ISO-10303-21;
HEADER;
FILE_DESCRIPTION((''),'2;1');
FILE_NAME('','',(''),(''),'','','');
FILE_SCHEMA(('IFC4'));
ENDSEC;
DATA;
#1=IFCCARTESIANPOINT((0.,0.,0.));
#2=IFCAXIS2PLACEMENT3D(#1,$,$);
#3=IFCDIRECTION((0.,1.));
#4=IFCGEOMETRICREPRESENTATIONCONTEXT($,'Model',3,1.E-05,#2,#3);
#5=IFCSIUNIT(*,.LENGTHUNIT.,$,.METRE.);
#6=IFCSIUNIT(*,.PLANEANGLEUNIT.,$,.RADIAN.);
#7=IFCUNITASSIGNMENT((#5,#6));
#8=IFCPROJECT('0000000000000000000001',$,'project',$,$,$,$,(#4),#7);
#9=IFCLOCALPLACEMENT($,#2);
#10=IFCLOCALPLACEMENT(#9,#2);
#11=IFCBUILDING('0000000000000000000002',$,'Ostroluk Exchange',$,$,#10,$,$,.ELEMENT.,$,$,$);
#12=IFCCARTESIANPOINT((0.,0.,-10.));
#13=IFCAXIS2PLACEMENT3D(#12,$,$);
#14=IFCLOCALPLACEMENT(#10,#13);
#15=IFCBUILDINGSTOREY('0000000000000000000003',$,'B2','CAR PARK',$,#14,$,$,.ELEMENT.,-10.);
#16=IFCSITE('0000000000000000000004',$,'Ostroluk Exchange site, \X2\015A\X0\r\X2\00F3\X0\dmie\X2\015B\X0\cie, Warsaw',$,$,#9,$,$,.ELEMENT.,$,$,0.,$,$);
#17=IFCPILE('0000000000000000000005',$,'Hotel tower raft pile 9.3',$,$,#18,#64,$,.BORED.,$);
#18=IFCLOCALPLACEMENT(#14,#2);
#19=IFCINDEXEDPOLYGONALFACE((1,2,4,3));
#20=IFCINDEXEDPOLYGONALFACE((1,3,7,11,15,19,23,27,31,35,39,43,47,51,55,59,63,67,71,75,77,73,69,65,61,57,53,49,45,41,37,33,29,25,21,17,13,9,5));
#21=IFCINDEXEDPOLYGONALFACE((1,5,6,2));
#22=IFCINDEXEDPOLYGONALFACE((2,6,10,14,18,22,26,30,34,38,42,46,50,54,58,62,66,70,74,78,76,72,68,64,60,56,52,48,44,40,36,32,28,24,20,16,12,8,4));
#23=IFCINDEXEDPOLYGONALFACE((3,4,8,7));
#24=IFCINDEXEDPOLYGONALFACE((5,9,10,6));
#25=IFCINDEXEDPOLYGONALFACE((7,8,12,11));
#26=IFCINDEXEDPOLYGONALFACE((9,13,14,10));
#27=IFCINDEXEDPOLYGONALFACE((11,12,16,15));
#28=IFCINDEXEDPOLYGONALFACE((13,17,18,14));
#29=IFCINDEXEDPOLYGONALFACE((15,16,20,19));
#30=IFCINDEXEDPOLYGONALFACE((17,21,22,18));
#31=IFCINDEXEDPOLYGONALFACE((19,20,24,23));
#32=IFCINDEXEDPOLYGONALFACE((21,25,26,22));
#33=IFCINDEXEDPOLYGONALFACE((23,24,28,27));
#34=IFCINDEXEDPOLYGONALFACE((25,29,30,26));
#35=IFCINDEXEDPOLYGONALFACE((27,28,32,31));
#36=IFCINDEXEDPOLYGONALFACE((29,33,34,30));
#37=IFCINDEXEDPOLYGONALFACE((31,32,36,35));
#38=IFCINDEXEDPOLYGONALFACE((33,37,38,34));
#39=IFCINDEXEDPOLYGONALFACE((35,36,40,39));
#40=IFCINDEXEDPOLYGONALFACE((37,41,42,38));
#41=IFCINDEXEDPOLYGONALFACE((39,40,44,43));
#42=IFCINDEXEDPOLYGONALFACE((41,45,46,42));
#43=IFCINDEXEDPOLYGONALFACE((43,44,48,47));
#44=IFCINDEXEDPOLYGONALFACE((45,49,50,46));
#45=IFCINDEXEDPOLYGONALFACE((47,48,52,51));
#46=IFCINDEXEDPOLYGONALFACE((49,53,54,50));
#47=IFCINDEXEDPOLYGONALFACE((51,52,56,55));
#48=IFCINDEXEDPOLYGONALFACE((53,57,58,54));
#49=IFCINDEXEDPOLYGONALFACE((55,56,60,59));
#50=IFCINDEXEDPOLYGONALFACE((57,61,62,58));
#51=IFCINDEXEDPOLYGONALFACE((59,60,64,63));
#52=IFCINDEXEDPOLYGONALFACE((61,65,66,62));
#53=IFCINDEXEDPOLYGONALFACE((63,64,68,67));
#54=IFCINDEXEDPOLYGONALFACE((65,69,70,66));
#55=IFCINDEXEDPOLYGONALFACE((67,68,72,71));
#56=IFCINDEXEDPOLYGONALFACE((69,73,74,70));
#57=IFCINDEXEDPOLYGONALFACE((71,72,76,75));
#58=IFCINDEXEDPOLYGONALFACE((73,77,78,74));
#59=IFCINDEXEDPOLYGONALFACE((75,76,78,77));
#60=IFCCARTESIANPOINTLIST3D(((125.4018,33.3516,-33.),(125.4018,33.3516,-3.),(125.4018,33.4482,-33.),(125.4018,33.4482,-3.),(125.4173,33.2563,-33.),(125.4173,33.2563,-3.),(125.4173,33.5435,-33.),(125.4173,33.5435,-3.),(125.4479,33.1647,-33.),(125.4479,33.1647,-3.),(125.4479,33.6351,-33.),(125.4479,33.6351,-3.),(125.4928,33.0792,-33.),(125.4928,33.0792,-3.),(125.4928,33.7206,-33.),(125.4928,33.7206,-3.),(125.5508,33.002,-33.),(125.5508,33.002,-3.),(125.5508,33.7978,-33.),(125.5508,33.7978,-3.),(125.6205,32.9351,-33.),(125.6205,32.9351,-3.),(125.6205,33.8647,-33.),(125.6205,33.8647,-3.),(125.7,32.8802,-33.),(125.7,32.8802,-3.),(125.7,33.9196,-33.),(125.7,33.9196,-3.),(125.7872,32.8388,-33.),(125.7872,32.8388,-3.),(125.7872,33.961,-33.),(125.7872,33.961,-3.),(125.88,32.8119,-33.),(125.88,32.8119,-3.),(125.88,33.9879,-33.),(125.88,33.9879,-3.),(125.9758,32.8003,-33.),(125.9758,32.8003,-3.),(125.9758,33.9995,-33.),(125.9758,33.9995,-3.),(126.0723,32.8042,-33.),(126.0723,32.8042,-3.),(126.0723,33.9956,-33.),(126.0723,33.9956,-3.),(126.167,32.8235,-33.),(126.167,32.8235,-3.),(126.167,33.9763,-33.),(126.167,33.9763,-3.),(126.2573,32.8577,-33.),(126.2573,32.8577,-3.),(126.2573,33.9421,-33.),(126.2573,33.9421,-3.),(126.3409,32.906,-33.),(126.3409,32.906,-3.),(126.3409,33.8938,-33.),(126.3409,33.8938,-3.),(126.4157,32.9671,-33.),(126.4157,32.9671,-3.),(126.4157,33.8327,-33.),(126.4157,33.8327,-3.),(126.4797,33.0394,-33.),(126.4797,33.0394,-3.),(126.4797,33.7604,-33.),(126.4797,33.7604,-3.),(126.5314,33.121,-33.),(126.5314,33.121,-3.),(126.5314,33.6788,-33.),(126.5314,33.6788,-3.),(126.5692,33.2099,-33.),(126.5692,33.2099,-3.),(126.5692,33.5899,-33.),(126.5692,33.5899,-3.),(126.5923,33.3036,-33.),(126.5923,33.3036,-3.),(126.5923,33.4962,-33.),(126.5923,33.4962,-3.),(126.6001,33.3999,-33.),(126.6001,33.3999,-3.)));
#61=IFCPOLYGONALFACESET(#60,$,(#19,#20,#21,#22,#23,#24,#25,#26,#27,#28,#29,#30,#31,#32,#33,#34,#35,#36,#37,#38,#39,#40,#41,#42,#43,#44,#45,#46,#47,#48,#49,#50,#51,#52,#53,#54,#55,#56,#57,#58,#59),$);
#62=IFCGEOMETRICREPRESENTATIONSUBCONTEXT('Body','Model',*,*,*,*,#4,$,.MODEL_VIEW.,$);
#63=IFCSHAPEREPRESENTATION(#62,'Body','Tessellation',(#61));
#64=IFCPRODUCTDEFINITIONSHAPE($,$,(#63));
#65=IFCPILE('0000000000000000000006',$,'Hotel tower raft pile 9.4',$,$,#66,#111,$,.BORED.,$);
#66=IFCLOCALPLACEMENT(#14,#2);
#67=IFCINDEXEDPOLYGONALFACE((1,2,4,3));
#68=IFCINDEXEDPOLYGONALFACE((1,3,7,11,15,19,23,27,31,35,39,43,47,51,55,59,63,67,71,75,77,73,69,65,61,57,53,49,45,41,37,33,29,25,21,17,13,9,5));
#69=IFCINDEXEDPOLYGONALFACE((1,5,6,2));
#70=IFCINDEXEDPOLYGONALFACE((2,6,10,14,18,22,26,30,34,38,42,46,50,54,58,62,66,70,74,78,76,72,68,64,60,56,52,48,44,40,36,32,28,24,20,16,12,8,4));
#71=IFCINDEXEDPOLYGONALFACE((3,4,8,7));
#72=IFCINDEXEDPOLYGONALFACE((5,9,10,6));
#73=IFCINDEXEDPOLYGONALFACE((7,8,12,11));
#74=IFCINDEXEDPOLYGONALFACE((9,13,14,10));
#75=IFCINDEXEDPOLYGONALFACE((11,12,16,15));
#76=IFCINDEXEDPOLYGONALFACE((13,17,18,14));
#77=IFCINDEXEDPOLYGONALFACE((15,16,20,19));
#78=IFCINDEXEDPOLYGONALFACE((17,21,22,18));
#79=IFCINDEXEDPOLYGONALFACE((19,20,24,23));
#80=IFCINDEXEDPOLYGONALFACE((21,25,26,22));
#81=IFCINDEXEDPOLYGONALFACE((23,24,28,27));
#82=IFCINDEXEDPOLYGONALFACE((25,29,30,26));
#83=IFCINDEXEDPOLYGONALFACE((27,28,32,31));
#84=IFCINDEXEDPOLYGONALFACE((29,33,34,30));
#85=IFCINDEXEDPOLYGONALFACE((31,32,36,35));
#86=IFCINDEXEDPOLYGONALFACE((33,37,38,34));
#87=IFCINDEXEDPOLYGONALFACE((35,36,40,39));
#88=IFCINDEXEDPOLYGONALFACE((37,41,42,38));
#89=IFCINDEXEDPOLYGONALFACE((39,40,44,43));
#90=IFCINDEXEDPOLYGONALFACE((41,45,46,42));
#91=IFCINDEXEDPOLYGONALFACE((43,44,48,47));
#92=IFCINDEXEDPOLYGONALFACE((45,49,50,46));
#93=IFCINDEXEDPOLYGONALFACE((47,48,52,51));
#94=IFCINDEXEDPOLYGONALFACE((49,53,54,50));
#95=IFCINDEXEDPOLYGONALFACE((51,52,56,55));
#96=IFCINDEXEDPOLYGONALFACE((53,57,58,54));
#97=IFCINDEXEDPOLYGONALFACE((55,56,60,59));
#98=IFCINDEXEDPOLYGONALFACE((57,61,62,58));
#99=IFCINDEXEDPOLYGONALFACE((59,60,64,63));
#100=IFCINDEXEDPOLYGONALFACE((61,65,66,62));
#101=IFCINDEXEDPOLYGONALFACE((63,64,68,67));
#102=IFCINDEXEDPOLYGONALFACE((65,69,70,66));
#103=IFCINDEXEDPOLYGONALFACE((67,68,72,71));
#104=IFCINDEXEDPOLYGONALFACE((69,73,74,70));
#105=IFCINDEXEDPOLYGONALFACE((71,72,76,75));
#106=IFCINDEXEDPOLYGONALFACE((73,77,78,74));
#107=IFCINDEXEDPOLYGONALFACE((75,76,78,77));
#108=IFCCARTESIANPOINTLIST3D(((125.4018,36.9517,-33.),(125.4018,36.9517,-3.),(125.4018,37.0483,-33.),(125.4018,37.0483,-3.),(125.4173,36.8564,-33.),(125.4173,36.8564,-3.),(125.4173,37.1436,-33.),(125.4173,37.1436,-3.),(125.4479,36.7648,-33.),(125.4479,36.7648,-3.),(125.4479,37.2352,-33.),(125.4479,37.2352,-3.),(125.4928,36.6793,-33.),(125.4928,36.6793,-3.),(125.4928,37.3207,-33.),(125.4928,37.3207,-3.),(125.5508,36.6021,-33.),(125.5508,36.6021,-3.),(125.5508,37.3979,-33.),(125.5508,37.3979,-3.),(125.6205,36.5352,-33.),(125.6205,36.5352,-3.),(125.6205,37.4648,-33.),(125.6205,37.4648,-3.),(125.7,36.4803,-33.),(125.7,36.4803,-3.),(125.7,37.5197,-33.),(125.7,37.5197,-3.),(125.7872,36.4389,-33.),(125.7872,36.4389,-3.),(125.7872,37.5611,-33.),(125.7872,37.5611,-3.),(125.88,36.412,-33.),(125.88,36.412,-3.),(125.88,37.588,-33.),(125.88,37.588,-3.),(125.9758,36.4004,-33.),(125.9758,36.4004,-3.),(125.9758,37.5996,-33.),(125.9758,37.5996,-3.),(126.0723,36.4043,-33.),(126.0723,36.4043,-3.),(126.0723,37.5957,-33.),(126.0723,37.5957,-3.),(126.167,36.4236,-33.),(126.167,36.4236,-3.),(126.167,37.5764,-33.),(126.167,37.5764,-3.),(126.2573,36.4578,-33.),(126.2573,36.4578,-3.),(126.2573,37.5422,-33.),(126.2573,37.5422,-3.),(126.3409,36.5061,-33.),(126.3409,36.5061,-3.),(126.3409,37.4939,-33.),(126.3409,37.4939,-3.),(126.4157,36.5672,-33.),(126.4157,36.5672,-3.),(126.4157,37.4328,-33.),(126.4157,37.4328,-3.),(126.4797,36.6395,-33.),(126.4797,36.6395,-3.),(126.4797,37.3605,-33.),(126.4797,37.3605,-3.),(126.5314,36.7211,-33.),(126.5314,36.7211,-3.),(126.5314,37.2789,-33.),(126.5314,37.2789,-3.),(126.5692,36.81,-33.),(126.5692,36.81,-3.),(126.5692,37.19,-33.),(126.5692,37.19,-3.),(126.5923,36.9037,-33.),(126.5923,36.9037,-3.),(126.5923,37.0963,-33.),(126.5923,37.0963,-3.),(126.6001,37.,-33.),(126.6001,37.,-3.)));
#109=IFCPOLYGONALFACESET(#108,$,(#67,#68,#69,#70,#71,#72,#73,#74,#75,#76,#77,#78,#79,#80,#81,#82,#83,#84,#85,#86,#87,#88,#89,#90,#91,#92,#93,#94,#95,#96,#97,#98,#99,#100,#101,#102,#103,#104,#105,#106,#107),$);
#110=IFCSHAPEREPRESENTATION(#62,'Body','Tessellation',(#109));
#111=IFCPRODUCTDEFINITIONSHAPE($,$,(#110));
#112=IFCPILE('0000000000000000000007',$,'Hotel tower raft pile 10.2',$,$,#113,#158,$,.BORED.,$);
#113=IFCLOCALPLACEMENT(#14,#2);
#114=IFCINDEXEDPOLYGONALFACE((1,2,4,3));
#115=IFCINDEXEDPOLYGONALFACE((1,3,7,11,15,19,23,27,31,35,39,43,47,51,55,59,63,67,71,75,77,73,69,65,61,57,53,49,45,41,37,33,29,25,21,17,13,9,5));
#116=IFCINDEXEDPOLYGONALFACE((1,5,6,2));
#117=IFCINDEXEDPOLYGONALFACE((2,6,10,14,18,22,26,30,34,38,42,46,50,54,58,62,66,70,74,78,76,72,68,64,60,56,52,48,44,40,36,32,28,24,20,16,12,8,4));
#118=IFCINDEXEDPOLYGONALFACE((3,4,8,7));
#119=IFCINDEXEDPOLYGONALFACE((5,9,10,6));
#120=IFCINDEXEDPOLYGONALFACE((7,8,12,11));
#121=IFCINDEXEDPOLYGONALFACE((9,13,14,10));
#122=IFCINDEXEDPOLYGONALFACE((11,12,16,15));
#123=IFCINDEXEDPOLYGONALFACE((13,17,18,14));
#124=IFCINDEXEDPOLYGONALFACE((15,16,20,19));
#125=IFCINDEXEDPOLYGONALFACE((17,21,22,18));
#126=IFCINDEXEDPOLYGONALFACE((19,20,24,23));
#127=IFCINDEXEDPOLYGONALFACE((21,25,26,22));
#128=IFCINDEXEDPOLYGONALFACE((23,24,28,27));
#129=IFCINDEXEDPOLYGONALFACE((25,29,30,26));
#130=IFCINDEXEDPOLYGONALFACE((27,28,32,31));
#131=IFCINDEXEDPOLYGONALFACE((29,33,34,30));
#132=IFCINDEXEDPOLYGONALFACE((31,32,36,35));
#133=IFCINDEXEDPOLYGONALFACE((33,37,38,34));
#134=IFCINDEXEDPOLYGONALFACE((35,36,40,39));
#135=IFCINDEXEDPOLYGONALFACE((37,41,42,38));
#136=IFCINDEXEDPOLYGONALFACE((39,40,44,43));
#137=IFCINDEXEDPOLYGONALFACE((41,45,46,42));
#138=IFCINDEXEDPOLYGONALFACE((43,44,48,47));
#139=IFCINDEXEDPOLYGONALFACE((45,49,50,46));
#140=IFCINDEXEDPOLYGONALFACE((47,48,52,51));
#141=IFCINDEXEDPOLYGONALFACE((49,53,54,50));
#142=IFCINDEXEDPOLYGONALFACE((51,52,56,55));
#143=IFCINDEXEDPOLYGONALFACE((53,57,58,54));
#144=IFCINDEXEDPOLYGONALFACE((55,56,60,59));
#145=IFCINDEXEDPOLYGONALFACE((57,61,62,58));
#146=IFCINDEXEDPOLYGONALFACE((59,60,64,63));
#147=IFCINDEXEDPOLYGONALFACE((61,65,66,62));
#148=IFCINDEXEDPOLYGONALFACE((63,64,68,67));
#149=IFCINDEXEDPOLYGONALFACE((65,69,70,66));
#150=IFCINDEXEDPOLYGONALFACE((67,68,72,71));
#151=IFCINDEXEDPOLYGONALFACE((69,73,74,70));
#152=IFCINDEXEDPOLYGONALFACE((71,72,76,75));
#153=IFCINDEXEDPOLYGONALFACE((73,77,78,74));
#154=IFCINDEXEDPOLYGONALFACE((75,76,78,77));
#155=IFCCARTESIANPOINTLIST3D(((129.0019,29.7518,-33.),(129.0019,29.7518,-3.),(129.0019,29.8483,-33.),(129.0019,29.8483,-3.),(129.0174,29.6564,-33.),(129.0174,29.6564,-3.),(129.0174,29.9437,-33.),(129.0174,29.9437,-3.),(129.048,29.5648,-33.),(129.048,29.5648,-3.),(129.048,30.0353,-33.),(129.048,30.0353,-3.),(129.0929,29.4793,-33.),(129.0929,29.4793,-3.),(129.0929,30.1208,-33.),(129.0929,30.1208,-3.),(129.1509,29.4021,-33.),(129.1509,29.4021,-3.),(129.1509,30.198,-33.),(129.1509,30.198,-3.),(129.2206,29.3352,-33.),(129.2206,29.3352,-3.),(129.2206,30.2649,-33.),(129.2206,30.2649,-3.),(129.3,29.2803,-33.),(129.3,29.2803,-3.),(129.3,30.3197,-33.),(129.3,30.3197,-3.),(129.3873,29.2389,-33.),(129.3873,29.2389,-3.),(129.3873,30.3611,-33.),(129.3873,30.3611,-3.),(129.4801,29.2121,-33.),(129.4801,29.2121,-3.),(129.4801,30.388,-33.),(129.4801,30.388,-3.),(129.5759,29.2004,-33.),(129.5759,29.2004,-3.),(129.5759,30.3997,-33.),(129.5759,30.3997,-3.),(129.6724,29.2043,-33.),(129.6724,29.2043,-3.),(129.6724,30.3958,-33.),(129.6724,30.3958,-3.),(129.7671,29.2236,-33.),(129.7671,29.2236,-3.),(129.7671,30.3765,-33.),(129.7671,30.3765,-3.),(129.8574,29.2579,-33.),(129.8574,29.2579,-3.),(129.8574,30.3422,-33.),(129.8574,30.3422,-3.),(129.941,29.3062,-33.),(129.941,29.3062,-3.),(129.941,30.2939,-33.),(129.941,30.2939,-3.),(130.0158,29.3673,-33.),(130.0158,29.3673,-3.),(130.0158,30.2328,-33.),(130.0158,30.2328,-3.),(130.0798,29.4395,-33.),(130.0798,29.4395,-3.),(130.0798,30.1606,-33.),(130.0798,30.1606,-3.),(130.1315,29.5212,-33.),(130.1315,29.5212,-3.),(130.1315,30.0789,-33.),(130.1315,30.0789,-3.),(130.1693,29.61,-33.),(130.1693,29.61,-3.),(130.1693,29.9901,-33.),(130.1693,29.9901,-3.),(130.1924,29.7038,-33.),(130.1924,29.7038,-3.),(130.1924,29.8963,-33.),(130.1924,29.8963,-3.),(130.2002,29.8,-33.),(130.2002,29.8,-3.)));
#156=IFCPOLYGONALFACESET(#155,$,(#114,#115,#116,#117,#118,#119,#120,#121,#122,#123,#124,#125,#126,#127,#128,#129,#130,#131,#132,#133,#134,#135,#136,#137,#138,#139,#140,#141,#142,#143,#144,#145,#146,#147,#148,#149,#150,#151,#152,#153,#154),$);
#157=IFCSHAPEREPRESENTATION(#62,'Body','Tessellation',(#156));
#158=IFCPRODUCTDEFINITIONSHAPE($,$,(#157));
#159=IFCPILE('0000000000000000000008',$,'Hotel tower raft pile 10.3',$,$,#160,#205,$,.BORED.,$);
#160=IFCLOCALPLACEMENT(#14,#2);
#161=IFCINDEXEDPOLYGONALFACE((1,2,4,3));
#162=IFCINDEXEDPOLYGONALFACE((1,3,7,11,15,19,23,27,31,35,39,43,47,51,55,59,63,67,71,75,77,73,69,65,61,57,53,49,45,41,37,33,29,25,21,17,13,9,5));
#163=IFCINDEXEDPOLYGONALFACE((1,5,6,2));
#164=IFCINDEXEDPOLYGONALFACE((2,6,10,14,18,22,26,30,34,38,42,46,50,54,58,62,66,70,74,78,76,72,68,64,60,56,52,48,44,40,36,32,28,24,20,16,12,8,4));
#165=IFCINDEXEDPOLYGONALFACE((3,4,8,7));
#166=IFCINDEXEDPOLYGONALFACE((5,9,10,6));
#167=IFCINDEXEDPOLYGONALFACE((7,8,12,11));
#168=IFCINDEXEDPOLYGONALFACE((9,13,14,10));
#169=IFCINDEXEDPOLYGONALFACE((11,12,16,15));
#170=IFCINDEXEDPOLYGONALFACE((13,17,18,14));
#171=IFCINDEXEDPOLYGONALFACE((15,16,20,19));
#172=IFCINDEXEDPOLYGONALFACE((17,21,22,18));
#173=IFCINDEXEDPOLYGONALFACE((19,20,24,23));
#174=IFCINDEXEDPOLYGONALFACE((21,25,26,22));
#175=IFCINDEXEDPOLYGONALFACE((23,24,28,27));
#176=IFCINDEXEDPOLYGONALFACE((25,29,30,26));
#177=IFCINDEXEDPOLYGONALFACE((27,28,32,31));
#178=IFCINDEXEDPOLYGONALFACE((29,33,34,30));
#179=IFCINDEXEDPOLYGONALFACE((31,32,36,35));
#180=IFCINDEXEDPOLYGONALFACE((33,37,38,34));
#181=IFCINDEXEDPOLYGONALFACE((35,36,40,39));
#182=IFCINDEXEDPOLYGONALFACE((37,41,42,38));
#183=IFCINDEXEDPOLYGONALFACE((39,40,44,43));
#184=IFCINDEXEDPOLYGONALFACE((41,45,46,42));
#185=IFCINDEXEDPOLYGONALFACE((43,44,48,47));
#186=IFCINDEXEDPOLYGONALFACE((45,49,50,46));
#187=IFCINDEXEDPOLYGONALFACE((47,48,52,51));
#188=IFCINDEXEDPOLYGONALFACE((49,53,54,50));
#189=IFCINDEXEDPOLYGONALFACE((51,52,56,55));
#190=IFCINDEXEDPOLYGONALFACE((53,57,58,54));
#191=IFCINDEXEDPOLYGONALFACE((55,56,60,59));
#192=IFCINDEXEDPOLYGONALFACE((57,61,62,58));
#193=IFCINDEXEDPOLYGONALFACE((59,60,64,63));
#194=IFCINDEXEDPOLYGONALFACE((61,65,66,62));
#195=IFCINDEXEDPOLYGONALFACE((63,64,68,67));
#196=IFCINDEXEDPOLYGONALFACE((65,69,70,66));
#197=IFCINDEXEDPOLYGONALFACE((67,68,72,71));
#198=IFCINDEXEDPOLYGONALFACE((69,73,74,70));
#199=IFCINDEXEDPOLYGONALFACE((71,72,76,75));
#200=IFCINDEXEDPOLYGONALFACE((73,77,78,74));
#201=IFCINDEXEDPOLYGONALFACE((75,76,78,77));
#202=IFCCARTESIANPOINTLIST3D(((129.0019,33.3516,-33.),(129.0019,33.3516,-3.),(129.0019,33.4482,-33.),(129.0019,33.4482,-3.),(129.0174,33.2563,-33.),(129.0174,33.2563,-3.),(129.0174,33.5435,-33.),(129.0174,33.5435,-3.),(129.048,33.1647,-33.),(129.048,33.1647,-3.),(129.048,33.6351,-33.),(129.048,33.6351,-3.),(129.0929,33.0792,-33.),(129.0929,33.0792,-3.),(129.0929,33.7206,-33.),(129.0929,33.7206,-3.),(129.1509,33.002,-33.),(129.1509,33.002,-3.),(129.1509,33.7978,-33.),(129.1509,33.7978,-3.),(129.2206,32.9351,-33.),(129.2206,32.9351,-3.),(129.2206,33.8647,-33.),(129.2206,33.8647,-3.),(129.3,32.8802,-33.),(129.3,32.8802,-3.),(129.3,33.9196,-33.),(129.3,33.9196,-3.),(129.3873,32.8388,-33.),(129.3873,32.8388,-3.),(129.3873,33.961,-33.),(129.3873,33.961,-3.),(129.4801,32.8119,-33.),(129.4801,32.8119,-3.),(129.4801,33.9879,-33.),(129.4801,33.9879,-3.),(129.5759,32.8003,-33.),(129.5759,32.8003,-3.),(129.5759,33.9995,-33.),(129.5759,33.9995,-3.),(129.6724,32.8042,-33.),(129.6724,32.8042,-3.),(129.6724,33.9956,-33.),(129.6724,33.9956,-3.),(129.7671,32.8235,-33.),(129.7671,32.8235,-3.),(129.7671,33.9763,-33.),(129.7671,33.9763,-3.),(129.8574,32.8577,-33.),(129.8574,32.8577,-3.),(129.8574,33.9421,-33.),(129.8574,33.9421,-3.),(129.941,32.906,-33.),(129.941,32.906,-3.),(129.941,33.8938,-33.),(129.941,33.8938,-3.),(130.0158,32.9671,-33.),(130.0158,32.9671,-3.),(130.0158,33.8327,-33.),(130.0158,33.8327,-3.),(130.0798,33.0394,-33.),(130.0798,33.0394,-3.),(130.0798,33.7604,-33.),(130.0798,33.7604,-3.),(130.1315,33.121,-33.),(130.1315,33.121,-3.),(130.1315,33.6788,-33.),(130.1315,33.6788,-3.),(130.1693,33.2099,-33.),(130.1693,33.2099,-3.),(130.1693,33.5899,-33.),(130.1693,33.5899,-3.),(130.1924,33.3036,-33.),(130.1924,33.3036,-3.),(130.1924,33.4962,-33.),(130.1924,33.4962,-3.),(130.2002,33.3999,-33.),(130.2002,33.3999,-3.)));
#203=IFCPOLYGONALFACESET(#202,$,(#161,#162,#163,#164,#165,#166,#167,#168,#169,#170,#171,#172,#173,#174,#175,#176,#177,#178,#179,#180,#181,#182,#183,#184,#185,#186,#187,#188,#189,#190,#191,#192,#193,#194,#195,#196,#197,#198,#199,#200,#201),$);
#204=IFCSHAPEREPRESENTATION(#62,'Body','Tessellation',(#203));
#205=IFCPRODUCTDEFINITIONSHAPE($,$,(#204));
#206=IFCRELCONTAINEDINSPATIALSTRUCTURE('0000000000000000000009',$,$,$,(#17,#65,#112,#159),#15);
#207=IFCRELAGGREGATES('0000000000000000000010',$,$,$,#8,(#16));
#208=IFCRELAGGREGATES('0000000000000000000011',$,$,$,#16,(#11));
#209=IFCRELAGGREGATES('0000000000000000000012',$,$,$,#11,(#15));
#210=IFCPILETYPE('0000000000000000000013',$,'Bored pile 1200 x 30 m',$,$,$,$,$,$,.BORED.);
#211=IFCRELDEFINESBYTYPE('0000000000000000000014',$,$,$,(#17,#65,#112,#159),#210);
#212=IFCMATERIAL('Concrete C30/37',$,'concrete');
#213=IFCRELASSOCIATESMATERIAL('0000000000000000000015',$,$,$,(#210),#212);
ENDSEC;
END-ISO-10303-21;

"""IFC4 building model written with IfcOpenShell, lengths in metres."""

from ifc_helpers import new_model, si_unit, direction, frame, origin, origin_2d, place, context, subcontext, project, spatial, circle, extrude, material, type_object, element, save


model = new_model("IFC4")

# Units and contexts
model_context = context("Model", 3, precision=1e-05, world=origin(), true_north=direction((0.0, 1.0)))
body_context = subcontext(model_context, "Body", "Model", "MODEL_VIEW")
ifc_project = project(units=[si_unit("LENGTHUNIT", "METRE"), si_unit("PLANEANGLEUNIT", "RADIAN")], contexts=[model_context])

# Site, building, storey
site_placement = place(None, origin())
site = spatial("IfcSite", under=ifc_project, at=site_placement, Name="Ostroluk Exchange site, Śródmieście, Warsaw", CompositionType="ELEMENT", RefElevation=0.0)
building_placement = place(site_placement, origin())
building = spatial("IfcBuilding", under=site, at=building_placement, Name="Ostroluk Exchange", CompositionType="ELEMENT")
storey_placement = place(building_placement, frame((0.0, 0.0, -10.0)))
storey = spatial("IfcBuildingStorey", under=building, at=storey_placement, Name="B2", Description="CAR PARK", CompositionType="ELEMENT", Elevation=-10.0)

# Piles
ifc_material_1 = material(Name="Concrete C30/37", Category="concrete")
pile_type_1 = type_object("IfcPileType", Name="Bored pile 1200 x 30 m", PredefinedType="BORED", material=ifc_material_1)
for number, where, z_axis, x_axis, name in (
    (1, (126.0, 33.3999, -3.0), (0.0, 0.0, -1.0), (1.0, 0.0, 0.0), "Hotel tower raft pile 9.3"),
    (2, (126.0, 37.0, -3.0), (0.0, 0.0, -1.0), (1.0, 0.0, 0.0), "Hotel tower raft pile 9.4"),
    (3, (129.6001, 29.8, -3.0), (0.0, 0.0, -1.0), (1.0, 0.0, 0.0), "Hotel tower raft pile 10.2"),
    (4, (129.6001, 33.3999, -3.0), (0.0, 0.0, -1.0), (1.0, 0.0, 0.0), "Hotel tower raft pile 10.3"),
):
    element("IfcPile", number, at=place(storey_placement, frame(where, z_axis=z_axis, x_axis=x_axis)), inside=storey, type_object=pile_type_1, Name=name, PredefinedType="BORED", context=body_context, shape_type="SweptSolid", body=[
        extrude(circle(Radius=0.6001, at=origin_2d()), origin(), (0.0, 0.0, 1.0), 30.0),
    ])

save(model, "model.ifc")
